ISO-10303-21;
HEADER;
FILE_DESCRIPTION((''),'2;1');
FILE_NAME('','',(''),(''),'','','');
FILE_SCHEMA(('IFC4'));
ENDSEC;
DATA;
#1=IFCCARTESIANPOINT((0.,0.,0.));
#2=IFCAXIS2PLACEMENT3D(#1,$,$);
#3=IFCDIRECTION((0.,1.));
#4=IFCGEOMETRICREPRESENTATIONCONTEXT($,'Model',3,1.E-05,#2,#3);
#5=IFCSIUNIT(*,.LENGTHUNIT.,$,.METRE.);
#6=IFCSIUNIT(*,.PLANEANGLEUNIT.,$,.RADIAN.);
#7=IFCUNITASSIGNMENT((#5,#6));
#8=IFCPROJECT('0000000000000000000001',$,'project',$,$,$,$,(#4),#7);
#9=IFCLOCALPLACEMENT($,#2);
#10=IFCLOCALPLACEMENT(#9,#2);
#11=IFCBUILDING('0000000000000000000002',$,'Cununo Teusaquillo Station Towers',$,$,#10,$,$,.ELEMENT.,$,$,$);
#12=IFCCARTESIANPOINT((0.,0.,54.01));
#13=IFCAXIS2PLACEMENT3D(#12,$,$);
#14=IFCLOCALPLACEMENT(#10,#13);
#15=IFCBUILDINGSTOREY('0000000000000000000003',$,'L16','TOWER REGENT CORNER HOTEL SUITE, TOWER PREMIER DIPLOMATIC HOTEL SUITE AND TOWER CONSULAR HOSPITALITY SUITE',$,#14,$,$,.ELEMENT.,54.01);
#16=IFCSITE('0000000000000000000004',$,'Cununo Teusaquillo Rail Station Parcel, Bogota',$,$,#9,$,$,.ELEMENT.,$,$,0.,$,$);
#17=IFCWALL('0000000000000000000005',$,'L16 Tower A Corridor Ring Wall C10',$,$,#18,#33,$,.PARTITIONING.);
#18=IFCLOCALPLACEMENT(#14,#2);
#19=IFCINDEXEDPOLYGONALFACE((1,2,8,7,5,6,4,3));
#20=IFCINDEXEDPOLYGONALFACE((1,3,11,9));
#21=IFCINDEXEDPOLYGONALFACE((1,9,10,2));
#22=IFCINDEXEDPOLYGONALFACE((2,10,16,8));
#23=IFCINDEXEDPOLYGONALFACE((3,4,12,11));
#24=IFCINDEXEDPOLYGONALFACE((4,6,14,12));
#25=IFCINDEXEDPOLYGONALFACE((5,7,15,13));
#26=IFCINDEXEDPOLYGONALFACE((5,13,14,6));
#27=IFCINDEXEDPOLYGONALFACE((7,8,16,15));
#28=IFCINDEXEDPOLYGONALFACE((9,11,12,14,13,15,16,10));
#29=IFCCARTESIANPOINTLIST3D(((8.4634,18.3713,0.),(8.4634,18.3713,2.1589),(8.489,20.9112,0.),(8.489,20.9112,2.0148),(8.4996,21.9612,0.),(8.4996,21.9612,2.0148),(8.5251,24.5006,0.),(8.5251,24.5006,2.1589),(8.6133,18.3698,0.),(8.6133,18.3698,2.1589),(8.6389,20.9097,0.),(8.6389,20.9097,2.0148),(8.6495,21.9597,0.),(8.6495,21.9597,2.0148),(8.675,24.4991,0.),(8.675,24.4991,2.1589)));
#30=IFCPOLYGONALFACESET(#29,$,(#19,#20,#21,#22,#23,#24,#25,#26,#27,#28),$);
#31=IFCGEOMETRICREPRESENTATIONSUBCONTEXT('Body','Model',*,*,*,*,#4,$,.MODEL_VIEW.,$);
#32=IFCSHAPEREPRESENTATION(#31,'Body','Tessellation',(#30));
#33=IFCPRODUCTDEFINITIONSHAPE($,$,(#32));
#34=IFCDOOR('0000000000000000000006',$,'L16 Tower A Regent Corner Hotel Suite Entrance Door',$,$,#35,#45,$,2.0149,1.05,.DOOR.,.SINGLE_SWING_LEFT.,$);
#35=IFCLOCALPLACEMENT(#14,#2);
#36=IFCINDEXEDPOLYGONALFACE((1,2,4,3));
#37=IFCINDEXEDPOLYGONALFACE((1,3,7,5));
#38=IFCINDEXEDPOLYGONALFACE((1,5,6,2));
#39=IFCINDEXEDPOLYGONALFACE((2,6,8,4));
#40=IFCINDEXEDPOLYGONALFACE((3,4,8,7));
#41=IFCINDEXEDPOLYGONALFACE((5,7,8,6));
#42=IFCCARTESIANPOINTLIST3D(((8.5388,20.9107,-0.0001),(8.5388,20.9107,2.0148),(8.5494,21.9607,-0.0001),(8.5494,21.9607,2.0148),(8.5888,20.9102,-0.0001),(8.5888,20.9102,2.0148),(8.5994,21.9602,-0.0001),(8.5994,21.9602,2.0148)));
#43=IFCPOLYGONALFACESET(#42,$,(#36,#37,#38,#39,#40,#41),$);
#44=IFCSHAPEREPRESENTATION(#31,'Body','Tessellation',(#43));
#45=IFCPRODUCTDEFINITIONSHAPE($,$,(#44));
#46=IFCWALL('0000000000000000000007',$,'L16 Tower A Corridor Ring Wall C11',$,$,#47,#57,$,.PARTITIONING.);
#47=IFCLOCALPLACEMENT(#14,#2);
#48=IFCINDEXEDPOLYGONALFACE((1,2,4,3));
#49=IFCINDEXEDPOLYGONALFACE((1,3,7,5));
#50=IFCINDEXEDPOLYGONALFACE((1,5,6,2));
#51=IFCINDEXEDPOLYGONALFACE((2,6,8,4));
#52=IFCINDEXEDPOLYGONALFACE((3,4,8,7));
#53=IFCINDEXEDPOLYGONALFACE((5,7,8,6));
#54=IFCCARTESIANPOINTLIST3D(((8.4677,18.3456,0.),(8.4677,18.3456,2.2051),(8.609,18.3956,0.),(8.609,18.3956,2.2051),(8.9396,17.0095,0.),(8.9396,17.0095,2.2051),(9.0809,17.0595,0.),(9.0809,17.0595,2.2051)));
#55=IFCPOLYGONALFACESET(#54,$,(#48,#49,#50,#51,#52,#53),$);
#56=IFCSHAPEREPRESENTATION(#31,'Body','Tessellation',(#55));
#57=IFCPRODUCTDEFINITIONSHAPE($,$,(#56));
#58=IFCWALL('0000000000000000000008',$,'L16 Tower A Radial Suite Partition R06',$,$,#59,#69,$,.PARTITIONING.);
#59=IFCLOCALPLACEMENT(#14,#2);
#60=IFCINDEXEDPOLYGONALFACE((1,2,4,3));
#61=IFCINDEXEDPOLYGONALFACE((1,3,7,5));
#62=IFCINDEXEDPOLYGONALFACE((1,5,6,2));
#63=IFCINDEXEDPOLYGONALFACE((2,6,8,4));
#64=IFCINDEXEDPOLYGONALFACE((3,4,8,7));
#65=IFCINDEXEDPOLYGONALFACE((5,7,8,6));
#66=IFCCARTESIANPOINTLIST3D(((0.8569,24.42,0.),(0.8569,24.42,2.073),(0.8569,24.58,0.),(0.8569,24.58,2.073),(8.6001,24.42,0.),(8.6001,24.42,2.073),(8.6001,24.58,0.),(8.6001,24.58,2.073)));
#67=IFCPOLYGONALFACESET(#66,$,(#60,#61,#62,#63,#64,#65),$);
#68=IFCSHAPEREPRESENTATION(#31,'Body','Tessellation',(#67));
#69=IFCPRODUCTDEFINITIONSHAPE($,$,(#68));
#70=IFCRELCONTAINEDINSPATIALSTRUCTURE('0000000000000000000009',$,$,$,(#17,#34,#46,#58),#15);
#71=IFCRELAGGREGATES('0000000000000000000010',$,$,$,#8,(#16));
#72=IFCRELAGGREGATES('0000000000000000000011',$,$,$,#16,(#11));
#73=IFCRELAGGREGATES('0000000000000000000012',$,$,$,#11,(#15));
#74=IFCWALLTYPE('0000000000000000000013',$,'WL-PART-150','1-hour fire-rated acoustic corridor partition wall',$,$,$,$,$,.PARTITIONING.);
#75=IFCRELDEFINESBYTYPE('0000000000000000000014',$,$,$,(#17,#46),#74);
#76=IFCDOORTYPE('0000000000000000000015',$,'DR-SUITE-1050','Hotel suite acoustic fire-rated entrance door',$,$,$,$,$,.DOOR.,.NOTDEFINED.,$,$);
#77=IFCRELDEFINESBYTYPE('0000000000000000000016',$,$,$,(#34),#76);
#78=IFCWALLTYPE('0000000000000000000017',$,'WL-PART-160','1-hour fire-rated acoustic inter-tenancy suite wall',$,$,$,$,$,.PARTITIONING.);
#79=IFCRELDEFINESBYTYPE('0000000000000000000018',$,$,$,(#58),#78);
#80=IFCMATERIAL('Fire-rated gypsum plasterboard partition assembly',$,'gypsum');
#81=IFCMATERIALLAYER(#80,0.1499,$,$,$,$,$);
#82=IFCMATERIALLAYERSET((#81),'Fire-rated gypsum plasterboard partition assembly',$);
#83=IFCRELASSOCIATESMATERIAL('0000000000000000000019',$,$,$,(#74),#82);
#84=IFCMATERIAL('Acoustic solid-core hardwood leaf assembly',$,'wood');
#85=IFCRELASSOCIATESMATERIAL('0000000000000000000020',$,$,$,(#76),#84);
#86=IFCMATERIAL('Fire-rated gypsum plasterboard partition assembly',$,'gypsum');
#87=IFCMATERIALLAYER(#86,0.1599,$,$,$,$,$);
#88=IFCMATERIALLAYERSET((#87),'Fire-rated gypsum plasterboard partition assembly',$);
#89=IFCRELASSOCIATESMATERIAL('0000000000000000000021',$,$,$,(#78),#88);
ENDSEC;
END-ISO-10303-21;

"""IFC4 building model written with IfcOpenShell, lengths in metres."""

from ifc_helpers import new_model, si_unit, direction, frame, frame_2d, origin, place, context, subcontext, project, spatial, rectangle, extrude, source, transform, mapped, material, layer, layer_set, type_object, element, fill, save


model = new_model("IFC4")

# Units and contexts
model_context = context("Model", 3, precision=1e-05, world=origin(), true_north=direction((0.0, 1.0)))
body_context = subcontext(model_context, "Body", "Model", "MODEL_VIEW")
ifc_project = project(units=[si_unit("LENGTHUNIT", "METRE"), si_unit("PLANEANGLEUNIT", "RADIAN")], contexts=[model_context])

# Site, building, storey
site_placement = place(None, origin())
site = spatial("IfcSite", under=ifc_project, at=site_placement, Name="Cununo Teusaquillo Rail Station Parcel, Bogota", CompositionType="ELEMENT", RefElevation=0.0)
building_placement = place(site_placement, origin())
building = spatial("IfcBuilding", under=site, at=building_placement, Name="Cununo Teusaquillo Station Towers", CompositionType="ELEMENT")
storey_placement = place(building_placement, frame((0.0, 0.0, 54.01)))
storey = spatial("IfcBuildingStorey", under=building, at=storey_placement, Name="L16", Description="TOWER REGENT CORNER HOTEL SUITE, TOWER PREMIER DIPLOMATIC HOTEL SUITE AND TOWER CONSULAR HOSPITALITY SUITE", CompositionType="ELEMENT", Elevation=54.01)

# Wall, opening, door
ifc_material_1 = material(Name="Fire-rated gypsum plasterboard partition assembly", Category="gypsum")
ifc_layer_1 = layer(ifc_material_1, 0.1499)
ifc_layer_set_1 = layer_set([ifc_layer_1], Name="Fire-rated gypsum plasterboard partition assembly")
wall_type_1 = type_object("IfcWallType", Name="WL-PART-150", Description="1-hour fire-rated acoustic corridor partition wall", PredefinedType="PARTITIONING", material=ifc_layer_set_1)
wall_1_placement = place(storey_placement, frame((8.6001, 24.5, 0.0), z_axis=(0.0, 0.0, 1.0), x_axis=(-0.010077, -0.999949, 0.0)))
wall_1 = element("IfcWall", 1, at=wall_1_placement, inside=storey, type_object=wall_type_1, Name="L16 Tower A Corridor Ring Wall C10", PredefinedType="PARTITIONING", context=body_context, shape_type="SweptSolid", body=[
    extrude(rectangle(XDim=6.1296, YDim=0.1499, at=frame_2d((3.0649, 0.0))), origin(), (0.0, 0.0, 1.0), 2.1589),
])
shared_shape_1 = source(origin(), body_context, "Body", "SweptSolid", [
    extrude(rectangle(XDim=1.05, YDim=2.0149, at=frame_2d((0.5249, 1.0073))), frame((0.0, 0.085, 0.0), z_axis=(0.0, -1.0, 0.0), x_axis=(1.0, 0.0, 0.0)), (0.0, 0.0, 1.0), 0.1699),
])
opening_1_placement = place(wall_1_placement, frame((2.5398, 0.0, 0.0)))
opening_1 = element("IfcOpeningElement", 2, at=opening_1_placement, cuts=wall_1, PredefinedType="OPENING", context=body_context, shape_type="MappedRepresentation", body=[
    mapped(shared_shape_1, transform((0.0, 0.0, 0.0), x_axis=(1.0, 0.0, 0.0), y_axis=(0.0, 1.0, 0.0), z_axis=(0.0, 0.0, 1.0), scale=1.0)),
])
ifc_material_2 = material(Name="Acoustic solid-core hardwood leaf assembly", Category="wood")
door_type_1 = type_object("IfcDoorType", Name="DR-SUITE-1050", Description="Hotel suite acoustic fire-rated entrance door", OperationType="NOTDEFINED", PredefinedType="DOOR", material=ifc_material_2)
shared_shape_2 = source(origin(), body_context, "Body", "SweptSolid", [
    extrude(rectangle(XDim=1.05, YDim=2.0149, at=frame_2d((0.5249, 1.0073))), frame((0.0, 0.0249, 0.0), z_axis=(0.0, -1.0, 0.0), x_axis=(1.0, 0.0, 0.0)), (0.0, 0.0, 1.0), 0.05),
])
door_1_placement = place(opening_1_placement, origin())
door_1 = element("IfcDoor", 3, at=door_1_placement, inside=storey, type_object=door_type_1, Name="L16 Tower A Regent Corner Hotel Suite Entrance Door", OperationType="SINGLE_SWING_LEFT", OverallHeight=2.0149, OverallWidth=1.05, PredefinedType="DOOR", context=body_context, shape_type="MappedRepresentation", body=[
    mapped(shared_shape_2, transform((0.0, 0.0, 0.0), x_axis=(1.0, 0.0, 0.0), y_axis=(0.0, 1.0, 0.0), z_axis=(0.0, 0.0, 1.0), scale=1.0)),
])
fill(opening_1, door_1)

# Walls
wall_2_placement = place(storey_placement, frame((8.5383, 18.3706, 0.0), z_axis=(0.0, 0.0, 1.0), x_axis=(0.333027, -0.942917, 0.0)))
element("IfcWall", 4, at=wall_2_placement, inside=storey, type_object=wall_type_1, Name="L16 Tower A Corridor Ring Wall C11", PredefinedType="PARTITIONING", context=body_context, shape_type="SweptSolid", body=[
    extrude(rectangle(XDim=1.417, YDim=0.1499, at=frame_2d((0.7085, 0.0))), origin(), (0.0, 0.0, 1.0), 2.2051),
])
ifc_material_3 = material(Name="Fire-rated gypsum plasterboard partition assembly", Category="gypsum")
ifc_layer_2 = layer(ifc_material_3, 0.1599)
ifc_layer_set_2 = layer_set([ifc_layer_2], Name="Fire-rated gypsum plasterboard partition assembly")
wall_type_2 = type_object("IfcWallType", Name="WL-PART-160", Description="1-hour fire-rated acoustic inter-tenancy suite wall", PredefinedType="PARTITIONING", material=ifc_layer_set_2)
wall_3_placement = place(storey_placement, frame((8.6001, 24.5, 0.0), z_axis=(0.0, 0.0, 1.0), x_axis=(-1.0, 0.0, 0.0)))
element("IfcWall", 5, at=wall_3_placement, inside=storey, type_object=wall_type_2, Name="L16 Tower A Radial Suite Partition R06", PredefinedType="PARTITIONING", context=body_context, shape_type="SweptSolid", body=[
    extrude(rectangle(XDim=7.7432, YDim=0.1599, at=frame_2d((3.8716, 0.0))), origin(), (0.0, 0.0, 1.0), 2.073),
])

save(model, "model.ifc")
